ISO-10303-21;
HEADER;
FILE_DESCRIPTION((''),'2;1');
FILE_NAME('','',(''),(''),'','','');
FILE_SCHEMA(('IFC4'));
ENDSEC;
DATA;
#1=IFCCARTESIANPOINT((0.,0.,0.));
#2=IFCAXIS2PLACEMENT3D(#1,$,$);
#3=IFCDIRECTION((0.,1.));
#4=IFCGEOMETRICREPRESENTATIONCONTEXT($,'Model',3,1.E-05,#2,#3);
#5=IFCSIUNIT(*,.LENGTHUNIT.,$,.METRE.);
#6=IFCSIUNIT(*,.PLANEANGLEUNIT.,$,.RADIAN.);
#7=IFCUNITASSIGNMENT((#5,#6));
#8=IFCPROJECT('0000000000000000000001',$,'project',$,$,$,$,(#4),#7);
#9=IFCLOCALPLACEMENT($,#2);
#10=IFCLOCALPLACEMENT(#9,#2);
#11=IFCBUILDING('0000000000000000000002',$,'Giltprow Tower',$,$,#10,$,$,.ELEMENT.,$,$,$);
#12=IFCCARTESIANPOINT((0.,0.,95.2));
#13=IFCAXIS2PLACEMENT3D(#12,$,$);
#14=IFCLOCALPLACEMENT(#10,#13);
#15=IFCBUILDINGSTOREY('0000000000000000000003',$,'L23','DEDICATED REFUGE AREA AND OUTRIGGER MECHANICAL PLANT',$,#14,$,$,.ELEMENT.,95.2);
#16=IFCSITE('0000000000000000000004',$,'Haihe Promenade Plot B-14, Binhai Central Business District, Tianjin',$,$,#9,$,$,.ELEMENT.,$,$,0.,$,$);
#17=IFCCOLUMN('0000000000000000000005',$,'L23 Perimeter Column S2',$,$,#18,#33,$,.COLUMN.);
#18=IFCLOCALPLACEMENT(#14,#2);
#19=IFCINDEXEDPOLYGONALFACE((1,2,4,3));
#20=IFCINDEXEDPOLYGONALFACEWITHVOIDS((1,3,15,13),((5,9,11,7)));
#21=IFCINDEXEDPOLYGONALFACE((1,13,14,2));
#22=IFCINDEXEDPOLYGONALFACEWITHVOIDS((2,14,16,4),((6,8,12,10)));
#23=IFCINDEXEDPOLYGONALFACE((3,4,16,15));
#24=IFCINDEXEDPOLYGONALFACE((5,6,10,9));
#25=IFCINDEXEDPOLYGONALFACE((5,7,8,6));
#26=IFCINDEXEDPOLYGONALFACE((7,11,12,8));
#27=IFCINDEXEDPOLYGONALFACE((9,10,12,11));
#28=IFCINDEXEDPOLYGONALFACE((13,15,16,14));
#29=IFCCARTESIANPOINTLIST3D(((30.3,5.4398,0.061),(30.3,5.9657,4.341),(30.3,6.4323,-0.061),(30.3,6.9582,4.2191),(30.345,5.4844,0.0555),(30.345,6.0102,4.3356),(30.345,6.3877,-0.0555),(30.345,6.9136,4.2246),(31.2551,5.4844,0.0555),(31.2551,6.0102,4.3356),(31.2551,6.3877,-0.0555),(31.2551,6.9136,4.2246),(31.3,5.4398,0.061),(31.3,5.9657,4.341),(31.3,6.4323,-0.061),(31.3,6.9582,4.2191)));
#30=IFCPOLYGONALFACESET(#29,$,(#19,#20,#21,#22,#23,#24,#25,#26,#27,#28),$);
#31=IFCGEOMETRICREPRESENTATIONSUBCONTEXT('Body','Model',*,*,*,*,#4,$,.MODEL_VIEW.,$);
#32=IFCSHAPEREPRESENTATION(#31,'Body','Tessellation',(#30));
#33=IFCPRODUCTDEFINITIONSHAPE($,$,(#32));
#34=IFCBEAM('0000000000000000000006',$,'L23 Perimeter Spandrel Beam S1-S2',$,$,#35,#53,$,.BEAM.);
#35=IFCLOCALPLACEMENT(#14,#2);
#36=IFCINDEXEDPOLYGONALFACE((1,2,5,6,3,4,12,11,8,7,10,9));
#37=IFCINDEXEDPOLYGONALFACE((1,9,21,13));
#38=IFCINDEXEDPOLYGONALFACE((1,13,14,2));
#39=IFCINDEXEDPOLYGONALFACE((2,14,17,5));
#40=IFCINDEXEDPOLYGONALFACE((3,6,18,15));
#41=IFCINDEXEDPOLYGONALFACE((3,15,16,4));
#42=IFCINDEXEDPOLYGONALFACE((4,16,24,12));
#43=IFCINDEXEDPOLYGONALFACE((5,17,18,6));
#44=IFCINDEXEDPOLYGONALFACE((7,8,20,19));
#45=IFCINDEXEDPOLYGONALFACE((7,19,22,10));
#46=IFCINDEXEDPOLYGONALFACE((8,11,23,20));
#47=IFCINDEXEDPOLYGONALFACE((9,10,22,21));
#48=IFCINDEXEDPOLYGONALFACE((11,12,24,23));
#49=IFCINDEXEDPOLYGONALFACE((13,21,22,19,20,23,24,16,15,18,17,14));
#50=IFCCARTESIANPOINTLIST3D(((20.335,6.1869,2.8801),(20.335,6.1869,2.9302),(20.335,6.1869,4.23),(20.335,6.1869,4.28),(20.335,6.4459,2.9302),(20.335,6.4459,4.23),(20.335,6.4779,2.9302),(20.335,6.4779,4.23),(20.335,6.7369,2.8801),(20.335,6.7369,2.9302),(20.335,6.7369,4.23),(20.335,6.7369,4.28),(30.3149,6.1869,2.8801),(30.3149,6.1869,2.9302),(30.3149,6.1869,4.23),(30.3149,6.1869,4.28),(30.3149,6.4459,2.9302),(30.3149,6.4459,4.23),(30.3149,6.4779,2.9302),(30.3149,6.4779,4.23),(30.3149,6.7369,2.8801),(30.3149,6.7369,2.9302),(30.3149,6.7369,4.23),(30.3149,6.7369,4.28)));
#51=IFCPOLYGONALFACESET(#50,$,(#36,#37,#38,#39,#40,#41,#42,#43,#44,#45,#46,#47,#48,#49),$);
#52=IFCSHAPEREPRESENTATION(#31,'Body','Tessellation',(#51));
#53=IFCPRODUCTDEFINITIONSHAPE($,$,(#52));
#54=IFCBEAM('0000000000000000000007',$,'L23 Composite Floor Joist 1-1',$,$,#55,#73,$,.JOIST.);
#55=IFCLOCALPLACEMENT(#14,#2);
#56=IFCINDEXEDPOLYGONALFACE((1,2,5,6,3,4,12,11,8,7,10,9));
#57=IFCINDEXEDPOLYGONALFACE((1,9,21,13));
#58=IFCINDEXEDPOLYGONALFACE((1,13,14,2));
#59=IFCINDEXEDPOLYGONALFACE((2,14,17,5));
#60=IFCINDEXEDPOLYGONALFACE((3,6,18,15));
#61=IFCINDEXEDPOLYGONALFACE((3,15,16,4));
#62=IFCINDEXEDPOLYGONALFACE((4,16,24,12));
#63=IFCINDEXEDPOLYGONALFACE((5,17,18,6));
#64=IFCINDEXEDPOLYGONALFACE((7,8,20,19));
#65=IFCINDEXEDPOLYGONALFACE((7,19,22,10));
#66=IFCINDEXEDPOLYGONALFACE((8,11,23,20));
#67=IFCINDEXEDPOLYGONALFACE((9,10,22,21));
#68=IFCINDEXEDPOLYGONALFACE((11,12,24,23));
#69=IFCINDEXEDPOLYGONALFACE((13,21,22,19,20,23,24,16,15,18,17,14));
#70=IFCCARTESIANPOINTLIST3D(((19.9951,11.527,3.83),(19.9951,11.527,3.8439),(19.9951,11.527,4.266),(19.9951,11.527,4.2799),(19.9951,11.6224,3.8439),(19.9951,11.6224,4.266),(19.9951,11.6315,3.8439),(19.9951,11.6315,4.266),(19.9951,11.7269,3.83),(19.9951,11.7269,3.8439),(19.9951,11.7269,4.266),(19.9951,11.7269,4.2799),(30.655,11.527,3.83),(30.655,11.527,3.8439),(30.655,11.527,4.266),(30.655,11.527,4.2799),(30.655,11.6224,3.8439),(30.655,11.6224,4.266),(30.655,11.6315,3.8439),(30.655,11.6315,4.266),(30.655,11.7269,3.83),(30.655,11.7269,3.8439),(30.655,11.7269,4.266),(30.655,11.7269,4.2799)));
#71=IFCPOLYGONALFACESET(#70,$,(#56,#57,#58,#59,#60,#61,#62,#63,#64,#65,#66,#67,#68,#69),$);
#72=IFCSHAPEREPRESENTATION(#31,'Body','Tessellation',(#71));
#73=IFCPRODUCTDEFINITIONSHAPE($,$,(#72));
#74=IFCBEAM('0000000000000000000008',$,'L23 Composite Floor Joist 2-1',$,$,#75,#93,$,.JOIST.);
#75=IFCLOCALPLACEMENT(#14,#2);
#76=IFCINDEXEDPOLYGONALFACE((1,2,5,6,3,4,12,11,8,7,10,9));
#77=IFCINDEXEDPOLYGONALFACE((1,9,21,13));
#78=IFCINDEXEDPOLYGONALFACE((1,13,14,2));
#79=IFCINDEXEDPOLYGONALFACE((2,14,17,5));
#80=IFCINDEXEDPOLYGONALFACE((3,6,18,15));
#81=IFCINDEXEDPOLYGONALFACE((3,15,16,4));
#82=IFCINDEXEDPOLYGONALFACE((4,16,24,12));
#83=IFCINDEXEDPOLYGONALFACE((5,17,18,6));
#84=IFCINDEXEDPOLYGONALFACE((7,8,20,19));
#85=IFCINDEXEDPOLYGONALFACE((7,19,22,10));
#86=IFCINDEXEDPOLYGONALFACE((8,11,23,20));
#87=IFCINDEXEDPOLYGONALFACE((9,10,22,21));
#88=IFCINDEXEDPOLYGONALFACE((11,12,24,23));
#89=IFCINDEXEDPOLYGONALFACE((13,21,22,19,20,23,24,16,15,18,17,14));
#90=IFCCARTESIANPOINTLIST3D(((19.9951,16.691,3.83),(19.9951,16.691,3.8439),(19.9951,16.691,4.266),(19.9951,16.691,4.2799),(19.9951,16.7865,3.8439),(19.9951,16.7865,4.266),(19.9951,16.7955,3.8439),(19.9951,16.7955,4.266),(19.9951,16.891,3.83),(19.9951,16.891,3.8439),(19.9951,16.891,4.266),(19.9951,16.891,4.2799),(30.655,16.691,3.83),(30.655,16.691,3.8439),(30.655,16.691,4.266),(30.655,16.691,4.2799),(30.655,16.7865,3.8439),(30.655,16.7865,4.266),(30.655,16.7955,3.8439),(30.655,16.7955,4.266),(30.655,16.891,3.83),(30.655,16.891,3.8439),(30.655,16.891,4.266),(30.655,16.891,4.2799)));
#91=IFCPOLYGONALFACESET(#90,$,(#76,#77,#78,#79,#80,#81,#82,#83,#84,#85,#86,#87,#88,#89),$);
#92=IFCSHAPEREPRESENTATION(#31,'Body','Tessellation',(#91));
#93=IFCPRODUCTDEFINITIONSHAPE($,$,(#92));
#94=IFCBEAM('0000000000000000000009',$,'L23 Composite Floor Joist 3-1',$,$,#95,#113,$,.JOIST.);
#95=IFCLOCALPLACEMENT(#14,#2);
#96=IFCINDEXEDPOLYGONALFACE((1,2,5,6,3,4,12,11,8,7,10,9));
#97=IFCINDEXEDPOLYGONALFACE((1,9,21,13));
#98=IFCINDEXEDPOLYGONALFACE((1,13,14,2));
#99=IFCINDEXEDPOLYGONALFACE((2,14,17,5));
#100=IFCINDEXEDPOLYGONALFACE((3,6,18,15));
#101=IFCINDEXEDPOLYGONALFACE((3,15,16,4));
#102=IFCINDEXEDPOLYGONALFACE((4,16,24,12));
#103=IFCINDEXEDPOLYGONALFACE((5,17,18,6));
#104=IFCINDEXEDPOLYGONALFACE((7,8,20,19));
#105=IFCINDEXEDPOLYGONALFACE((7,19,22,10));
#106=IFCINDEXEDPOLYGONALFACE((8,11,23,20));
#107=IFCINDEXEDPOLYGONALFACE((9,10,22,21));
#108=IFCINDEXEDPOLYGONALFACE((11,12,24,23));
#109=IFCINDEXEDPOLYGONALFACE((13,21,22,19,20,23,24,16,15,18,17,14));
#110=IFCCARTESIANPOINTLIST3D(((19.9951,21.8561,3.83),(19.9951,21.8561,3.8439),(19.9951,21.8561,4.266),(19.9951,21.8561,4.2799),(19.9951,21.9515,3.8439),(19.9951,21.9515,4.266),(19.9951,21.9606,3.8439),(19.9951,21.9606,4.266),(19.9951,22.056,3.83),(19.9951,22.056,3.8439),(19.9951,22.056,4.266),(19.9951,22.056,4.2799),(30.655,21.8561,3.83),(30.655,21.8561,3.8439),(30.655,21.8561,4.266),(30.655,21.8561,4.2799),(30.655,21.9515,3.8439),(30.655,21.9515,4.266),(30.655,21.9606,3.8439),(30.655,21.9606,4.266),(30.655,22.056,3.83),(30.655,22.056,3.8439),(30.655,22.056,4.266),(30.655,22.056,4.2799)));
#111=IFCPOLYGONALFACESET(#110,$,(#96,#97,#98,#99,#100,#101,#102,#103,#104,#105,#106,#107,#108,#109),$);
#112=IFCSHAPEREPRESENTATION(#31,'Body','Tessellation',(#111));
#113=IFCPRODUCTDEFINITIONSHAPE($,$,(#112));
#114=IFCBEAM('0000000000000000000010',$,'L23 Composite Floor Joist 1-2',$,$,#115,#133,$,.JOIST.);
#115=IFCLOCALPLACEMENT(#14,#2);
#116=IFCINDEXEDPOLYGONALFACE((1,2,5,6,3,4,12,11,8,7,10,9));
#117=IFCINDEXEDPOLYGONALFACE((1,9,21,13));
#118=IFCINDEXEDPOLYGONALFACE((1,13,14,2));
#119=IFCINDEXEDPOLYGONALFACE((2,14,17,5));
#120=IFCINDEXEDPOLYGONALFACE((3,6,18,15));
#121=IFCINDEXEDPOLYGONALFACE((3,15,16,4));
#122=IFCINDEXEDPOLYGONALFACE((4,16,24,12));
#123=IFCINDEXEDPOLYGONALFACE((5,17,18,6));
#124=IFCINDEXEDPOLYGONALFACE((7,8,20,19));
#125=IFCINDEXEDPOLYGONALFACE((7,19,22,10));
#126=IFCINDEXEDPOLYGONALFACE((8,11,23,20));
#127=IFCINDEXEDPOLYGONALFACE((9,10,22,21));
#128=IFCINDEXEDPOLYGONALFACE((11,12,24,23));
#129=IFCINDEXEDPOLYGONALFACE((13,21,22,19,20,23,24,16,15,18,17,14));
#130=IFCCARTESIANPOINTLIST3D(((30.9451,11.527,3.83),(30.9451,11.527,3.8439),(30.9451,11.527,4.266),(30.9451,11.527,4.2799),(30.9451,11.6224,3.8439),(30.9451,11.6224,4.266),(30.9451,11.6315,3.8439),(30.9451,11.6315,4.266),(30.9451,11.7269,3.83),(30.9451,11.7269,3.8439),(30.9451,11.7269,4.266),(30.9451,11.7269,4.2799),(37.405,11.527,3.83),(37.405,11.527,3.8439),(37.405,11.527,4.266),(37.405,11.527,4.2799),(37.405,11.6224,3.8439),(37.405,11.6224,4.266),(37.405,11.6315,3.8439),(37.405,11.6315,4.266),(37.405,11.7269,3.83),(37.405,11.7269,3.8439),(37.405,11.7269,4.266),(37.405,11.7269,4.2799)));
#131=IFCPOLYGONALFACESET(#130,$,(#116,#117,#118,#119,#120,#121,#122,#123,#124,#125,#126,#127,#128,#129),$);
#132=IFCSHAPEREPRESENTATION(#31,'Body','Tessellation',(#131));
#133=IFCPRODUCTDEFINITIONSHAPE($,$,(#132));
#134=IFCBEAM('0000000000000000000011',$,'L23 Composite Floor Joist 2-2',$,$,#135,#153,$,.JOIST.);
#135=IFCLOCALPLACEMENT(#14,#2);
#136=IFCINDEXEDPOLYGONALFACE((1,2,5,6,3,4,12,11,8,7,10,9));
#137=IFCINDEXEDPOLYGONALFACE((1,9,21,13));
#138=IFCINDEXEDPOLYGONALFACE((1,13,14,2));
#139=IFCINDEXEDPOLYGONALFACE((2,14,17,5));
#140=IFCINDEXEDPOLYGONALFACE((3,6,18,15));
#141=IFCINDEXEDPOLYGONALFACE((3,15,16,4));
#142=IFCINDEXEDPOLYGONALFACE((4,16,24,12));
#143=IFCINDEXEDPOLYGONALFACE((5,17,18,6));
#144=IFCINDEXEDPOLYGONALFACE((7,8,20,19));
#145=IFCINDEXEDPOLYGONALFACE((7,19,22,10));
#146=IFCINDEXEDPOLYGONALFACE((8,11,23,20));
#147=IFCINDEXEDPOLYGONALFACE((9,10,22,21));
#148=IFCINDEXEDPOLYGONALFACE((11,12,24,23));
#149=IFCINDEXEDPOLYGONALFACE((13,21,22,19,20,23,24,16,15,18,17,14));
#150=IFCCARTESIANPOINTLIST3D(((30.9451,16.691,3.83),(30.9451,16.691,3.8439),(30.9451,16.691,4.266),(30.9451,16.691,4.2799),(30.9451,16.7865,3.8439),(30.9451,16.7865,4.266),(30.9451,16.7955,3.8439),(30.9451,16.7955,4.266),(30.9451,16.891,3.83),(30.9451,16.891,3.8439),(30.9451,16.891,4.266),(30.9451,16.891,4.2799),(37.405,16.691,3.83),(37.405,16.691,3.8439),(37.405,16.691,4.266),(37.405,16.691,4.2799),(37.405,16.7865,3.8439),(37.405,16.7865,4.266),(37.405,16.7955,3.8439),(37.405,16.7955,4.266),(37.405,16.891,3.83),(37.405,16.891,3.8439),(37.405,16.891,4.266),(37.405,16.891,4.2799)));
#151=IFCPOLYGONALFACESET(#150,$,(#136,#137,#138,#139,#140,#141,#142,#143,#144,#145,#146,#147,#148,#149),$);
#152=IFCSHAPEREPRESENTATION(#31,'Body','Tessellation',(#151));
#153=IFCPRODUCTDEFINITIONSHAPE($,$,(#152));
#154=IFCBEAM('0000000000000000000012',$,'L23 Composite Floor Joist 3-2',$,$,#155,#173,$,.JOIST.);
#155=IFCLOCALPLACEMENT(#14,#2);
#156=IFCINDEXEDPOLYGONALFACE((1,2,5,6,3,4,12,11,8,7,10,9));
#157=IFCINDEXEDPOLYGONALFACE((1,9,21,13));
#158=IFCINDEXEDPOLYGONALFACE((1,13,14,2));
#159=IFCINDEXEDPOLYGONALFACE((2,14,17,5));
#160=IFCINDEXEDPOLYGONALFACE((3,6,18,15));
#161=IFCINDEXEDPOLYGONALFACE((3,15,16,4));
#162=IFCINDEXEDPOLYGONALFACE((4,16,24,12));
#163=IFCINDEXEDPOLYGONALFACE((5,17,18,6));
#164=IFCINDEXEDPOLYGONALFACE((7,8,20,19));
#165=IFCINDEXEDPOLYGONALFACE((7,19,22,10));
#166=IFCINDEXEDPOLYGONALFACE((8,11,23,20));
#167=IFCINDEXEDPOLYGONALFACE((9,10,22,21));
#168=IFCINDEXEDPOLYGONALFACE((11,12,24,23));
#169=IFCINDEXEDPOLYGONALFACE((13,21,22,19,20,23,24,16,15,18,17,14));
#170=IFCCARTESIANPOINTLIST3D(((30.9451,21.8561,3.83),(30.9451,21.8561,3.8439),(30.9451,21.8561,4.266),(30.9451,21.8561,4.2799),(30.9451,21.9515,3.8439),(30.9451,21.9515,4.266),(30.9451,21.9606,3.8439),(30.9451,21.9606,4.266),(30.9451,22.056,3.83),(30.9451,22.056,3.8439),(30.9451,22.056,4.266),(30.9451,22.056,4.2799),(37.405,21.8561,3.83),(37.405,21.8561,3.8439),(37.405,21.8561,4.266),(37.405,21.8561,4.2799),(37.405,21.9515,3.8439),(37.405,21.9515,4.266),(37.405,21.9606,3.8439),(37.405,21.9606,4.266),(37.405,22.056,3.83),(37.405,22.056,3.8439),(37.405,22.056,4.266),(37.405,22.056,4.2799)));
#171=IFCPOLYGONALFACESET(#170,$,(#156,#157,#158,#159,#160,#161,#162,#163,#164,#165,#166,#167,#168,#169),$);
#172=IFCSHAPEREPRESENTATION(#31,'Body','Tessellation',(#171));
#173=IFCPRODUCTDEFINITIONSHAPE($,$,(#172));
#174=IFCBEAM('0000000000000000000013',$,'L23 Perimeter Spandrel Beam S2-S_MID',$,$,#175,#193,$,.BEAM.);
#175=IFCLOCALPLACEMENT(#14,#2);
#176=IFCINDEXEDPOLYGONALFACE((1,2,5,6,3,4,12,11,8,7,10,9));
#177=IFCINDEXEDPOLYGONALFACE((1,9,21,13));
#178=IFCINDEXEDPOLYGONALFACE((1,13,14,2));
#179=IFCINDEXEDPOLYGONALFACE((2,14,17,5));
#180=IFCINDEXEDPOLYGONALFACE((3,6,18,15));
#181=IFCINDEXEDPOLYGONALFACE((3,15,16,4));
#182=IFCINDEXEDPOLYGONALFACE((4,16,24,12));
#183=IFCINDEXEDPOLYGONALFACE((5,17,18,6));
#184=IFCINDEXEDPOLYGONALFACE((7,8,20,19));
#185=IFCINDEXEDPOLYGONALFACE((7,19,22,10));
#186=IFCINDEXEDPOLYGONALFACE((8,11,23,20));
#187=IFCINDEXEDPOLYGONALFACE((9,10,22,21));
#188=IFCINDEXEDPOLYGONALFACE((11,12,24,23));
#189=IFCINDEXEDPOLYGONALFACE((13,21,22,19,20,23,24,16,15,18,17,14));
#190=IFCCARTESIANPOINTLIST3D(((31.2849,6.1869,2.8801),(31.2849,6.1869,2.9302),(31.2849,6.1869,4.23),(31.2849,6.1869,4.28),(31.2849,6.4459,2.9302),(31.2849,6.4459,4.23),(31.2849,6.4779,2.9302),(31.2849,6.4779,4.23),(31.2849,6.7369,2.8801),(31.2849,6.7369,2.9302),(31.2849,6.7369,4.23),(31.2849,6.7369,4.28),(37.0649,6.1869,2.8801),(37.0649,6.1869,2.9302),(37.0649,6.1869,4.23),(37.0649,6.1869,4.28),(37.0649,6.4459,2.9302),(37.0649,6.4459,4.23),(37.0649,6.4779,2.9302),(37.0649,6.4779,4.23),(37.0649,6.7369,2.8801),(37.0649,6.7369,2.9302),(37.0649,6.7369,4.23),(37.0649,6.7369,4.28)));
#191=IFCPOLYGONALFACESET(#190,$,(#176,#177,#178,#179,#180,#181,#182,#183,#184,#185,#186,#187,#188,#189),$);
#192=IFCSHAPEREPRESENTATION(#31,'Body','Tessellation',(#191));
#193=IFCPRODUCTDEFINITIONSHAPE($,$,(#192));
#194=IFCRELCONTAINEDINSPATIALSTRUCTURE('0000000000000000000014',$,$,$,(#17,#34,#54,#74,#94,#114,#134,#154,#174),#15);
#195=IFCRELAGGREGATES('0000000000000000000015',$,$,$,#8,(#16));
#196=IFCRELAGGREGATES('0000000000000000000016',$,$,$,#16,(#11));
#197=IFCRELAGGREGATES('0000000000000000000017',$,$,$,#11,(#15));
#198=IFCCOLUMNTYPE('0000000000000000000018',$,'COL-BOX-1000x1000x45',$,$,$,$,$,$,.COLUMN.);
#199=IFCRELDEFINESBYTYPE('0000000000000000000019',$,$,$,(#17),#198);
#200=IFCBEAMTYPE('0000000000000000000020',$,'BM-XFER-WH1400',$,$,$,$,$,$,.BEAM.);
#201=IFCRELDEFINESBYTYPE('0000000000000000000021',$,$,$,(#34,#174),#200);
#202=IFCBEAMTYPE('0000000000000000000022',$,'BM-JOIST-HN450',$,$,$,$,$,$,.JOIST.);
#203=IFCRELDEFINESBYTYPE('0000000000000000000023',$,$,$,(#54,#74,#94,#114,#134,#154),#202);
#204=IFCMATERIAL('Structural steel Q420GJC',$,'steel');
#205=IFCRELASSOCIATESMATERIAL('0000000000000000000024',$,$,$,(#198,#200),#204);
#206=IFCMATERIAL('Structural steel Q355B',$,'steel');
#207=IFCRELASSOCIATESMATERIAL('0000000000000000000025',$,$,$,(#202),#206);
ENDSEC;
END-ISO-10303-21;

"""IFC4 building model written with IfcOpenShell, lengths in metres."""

from ifc_helpers import new_model, si_unit, direction, frame, origin, origin_2d, place, context, subcontext, project, spatial, hollow_rectangle, i_section, extrude, source, transform, mapped, material, material_profile, profile_set, type_object, element, save


model = new_model("IFC4")

# Units and contexts
model_context = context("Model", 3, precision=1e-05, world=origin(), true_north=direction((0.0, 1.0)))
body_context = subcontext(model_context, "Body", "Model", "MODEL_VIEW")
ifc_project = project(units=[si_unit("LENGTHUNIT", "METRE"), si_unit("PLANEANGLEUNIT", "RADIAN")], contexts=[model_context])

# Site, building, storey
site_placement = place(None, origin())
site = spatial("IfcSite", under=ifc_project, at=site_placement, Name="Haihe Promenade Plot B-14, Binhai Central Business District, Tianjin", CompositionType="ELEMENT", RefElevation=0.0)
building_placement = place(site_placement, origin())
building = spatial("IfcBuilding", under=site, at=building_placement, Name="Giltprow Tower", CompositionType="ELEMENT")
storey_placement = place(building_placement, frame((0.0, 0.0, 95.2)))
storey = spatial("IfcBuildingStorey", under=building, at=storey_placement, Name="L23", Description="DEDICATED REFUGE AREA AND OUTRIGGER MECHANICAL PLANT", CompositionType="ELEMENT", Elevation=95.2)

# Column
ifc_material_1 = material(Name="Structural steel Q420GJC", Category="steel")
ifc_material_profile_1 = material_profile(ifc_material_1, hollow_rectangle(XDim=1.0, YDim=1.0, WallThickness=0.0449, at=origin_2d()), Name="BOX 1000x1000x45")
ifc_profile_set_1 = profile_set([ifc_material_profile_1], Name="Structural steel Q420GJC")
column_type = type_object("IfcColumnType", Name="COL-BOX-1000x1000x45", PredefinedType="COLUMN", material=ifc_profile_set_1)
shared_shape_1 = source(origin(), body_context, "Body", "SweptSolid", [
    extrude(hollow_rectangle(XDim=1.0, YDim=1.0, WallThickness=0.0449, at=origin_2d()), origin(), (0.0, 0.0, 1.0), 4.3123),
])
column_placement = place(storey_placement, frame((30.8, 5.936, 0.0), z_axis=(0.0, 0.121951, 0.992536), x_axis=(-1.0, 0.0, 0.0)))
element("IfcColumn", 1, at=column_placement, inside=storey, type_object=column_type, Name="L23 Perimeter Column S2", PredefinedType="COLUMN", context=body_context, shape_type="MappedRepresentation", body=[
    mapped(shared_shape_1, transform((0.0, 0.0, 0.0), x_axis=(1.0, 0.0, 0.0), y_axis=(0.0, 1.0, 0.0), z_axis=(0.0, 0.0, 1.0), scale=1.0)),
])

# Beams
ifc_material_profile_2 = material_profile(ifc_material_1, i_section(OverallWidth=0.55, OverallDepth=1.3999, WebThickness=0.032, FlangeThickness=0.05, at=origin_2d()), Name="WH 1400x550x32x50")
ifc_profile_set_2 = profile_set([ifc_material_profile_2], Name="Structural steel Q420GJC")
beam_type_1 = type_object("IfcBeamType", Name="BM-XFER-WH1400", PredefinedType="BEAM", material=ifc_profile_set_2)
shared_shape_2 = source(origin(), body_context, "Body", "SweptSolid", [
    extrude(i_section(OverallWidth=0.55, OverallDepth=1.3999, WebThickness=0.032, FlangeThickness=0.05, at=origin_2d()), origin(), (0.0, 0.0, 1.0), 9.98),
])
beam_1_placement = place(storey_placement, frame((20.335, 6.4619, 3.5801), z_axis=(1.0, 0.0, 0.0), x_axis=(0.0, 1.0, 0.0)))
element("IfcBeam", 2, at=beam_1_placement, inside=storey, type_object=beam_type_1, Name="L23 Perimeter Spandrel Beam S1-S2", PredefinedType="BEAM", context=body_context, shape_type="MappedRepresentation", body=[
    mapped(shared_shape_2, transform((0.0, 0.0, 0.0), x_axis=(1.0, 0.0, 0.0), y_axis=(0.0, 1.0, 0.0), z_axis=(0.0, 0.0, 1.0), scale=1.0)),
])
ifc_material_2 = material(Name="Structural steel Q355B", Category="steel")
ifc_material_profile_3 = material_profile(ifc_material_2, i_section(OverallWidth=0.2, OverallDepth=0.45, WebThickness=0.009, FlangeThickness=0.0139, at=origin_2d()), Name="HN 450x200x9x14")
ifc_profile_set_3 = profile_set([ifc_material_profile_3], Name="Structural steel Q355B")
beam_type_2 = type_object("IfcBeamType", Name="BM-JOIST-HN450", PredefinedType="JOIST", material=ifc_profile_set_3)
shared_shape_3 = source(origin(), body_context, "Body", "SweptSolid", [
    extrude(i_section(OverallWidth=0.2, OverallDepth=0.45, WebThickness=0.009, FlangeThickness=0.0139, at=origin_2d()), origin(), (0.0, 0.0, 1.0), 10.6599),
])
for number, where, z_axis, x_axis, name in (
    (3, (19.9951, 11.627, 4.0549), (1.0, 0.0, 0.0), (0.0, 1.0, 0.0), "L23 Composite Floor Joist 1-1"),
    (4, (19.9951, 16.791, 4.0549), (1.0, 0.0, 0.0), (0.0, 1.0, 0.0), "L23 Composite Floor Joist 2-1"),
    (5, (19.9951, 21.9561, 4.0549), (1.0, 0.0, 0.0), (0.0, 1.0, 0.0), "L23 Composite Floor Joist 3-1"),
):
    element("IfcBeam", number, at=place(storey_placement, frame(where, z_axis=z_axis, x_axis=x_axis)), inside=storey, type_object=beam_type_2, Name=name, PredefinedType="JOIST", context=body_context, shape_type="MappedRepresentation", body=[
        mapped(shared_shape_3, transform((0.0, 0.0, 0.0), x_axis=(1.0, 0.0, 0.0), y_axis=(0.0, 1.0, 0.0), z_axis=(0.0, 0.0, 1.0), scale=1.0)),
    ])
shared_shape_4 = source(origin(), body_context, "Body", "SweptSolid", [
    extrude(i_section(OverallWidth=0.2, OverallDepth=0.45, WebThickness=0.009, FlangeThickness=0.0139, at=origin_2d()), origin(), (0.0, 0.0, 1.0), 6.46),
])
for number, where, z_axis, x_axis, name in (
    (6, (30.9451, 11.627, 4.0549), (1.0, 0.0, 0.0), (0.0, 1.0, 0.0), "L23 Composite Floor Joist 1-2"),
    (7, (30.9451, 16.791, 4.0549), (1.0, 0.0, 0.0), (0.0, 1.0, 0.0), "L23 Composite Floor Joist 2-2"),
    (8, (30.9451, 21.9561, 4.0549), (1.0, 0.0, 0.0), (0.0, 1.0, 0.0), "L23 Composite Floor Joist 3-2"),
):
    element("IfcBeam", number, at=place(storey_placement, frame(where, z_axis=z_axis, x_axis=x_axis)), inside=storey, type_object=beam_type_2, Name=name, PredefinedType="JOIST", context=body_context, shape_type="MappedRepresentation", body=[
        mapped(shared_shape_4, transform((0.0, 0.0, 0.0), x_axis=(1.0, 0.0, 0.0), y_axis=(0.0, 1.0, 0.0), z_axis=(0.0, 0.0, 1.0), scale=1.0)),
    ])
shared_shape_5 = source(origin(), body_context, "Body", "SweptSolid", [
    extrude(i_section(OverallWidth=0.55, OverallDepth=1.3999, WebThickness=0.032, FlangeThickness=0.05, at=origin_2d()), origin(), (0.0, 0.0, 1.0), 5.78),
])
beam_2_placement = place(storey_placement, frame((31.2849, 6.4619, 3.5801), z_axis=(1.0, 0.0, 0.0), x_axis=(0.0, 1.0, 0.0)))
element("IfcBeam", 9, at=beam_2_placement, inside=storey, type_object=beam_type_1, Name="L23 Perimeter Spandrel Beam S2-S_MID", PredefinedType="BEAM", context=body_context, shape_type="MappedRepresentation", body=[
    mapped(shared_shape_5, transform((0.0, 0.0, 0.0), x_axis=(1.0, 0.0, 0.0), y_axis=(0.0, 1.0, 0.0), z_axis=(0.0, 0.0, 1.0), scale=1.0)),
])

save(model, "model.ifc")
